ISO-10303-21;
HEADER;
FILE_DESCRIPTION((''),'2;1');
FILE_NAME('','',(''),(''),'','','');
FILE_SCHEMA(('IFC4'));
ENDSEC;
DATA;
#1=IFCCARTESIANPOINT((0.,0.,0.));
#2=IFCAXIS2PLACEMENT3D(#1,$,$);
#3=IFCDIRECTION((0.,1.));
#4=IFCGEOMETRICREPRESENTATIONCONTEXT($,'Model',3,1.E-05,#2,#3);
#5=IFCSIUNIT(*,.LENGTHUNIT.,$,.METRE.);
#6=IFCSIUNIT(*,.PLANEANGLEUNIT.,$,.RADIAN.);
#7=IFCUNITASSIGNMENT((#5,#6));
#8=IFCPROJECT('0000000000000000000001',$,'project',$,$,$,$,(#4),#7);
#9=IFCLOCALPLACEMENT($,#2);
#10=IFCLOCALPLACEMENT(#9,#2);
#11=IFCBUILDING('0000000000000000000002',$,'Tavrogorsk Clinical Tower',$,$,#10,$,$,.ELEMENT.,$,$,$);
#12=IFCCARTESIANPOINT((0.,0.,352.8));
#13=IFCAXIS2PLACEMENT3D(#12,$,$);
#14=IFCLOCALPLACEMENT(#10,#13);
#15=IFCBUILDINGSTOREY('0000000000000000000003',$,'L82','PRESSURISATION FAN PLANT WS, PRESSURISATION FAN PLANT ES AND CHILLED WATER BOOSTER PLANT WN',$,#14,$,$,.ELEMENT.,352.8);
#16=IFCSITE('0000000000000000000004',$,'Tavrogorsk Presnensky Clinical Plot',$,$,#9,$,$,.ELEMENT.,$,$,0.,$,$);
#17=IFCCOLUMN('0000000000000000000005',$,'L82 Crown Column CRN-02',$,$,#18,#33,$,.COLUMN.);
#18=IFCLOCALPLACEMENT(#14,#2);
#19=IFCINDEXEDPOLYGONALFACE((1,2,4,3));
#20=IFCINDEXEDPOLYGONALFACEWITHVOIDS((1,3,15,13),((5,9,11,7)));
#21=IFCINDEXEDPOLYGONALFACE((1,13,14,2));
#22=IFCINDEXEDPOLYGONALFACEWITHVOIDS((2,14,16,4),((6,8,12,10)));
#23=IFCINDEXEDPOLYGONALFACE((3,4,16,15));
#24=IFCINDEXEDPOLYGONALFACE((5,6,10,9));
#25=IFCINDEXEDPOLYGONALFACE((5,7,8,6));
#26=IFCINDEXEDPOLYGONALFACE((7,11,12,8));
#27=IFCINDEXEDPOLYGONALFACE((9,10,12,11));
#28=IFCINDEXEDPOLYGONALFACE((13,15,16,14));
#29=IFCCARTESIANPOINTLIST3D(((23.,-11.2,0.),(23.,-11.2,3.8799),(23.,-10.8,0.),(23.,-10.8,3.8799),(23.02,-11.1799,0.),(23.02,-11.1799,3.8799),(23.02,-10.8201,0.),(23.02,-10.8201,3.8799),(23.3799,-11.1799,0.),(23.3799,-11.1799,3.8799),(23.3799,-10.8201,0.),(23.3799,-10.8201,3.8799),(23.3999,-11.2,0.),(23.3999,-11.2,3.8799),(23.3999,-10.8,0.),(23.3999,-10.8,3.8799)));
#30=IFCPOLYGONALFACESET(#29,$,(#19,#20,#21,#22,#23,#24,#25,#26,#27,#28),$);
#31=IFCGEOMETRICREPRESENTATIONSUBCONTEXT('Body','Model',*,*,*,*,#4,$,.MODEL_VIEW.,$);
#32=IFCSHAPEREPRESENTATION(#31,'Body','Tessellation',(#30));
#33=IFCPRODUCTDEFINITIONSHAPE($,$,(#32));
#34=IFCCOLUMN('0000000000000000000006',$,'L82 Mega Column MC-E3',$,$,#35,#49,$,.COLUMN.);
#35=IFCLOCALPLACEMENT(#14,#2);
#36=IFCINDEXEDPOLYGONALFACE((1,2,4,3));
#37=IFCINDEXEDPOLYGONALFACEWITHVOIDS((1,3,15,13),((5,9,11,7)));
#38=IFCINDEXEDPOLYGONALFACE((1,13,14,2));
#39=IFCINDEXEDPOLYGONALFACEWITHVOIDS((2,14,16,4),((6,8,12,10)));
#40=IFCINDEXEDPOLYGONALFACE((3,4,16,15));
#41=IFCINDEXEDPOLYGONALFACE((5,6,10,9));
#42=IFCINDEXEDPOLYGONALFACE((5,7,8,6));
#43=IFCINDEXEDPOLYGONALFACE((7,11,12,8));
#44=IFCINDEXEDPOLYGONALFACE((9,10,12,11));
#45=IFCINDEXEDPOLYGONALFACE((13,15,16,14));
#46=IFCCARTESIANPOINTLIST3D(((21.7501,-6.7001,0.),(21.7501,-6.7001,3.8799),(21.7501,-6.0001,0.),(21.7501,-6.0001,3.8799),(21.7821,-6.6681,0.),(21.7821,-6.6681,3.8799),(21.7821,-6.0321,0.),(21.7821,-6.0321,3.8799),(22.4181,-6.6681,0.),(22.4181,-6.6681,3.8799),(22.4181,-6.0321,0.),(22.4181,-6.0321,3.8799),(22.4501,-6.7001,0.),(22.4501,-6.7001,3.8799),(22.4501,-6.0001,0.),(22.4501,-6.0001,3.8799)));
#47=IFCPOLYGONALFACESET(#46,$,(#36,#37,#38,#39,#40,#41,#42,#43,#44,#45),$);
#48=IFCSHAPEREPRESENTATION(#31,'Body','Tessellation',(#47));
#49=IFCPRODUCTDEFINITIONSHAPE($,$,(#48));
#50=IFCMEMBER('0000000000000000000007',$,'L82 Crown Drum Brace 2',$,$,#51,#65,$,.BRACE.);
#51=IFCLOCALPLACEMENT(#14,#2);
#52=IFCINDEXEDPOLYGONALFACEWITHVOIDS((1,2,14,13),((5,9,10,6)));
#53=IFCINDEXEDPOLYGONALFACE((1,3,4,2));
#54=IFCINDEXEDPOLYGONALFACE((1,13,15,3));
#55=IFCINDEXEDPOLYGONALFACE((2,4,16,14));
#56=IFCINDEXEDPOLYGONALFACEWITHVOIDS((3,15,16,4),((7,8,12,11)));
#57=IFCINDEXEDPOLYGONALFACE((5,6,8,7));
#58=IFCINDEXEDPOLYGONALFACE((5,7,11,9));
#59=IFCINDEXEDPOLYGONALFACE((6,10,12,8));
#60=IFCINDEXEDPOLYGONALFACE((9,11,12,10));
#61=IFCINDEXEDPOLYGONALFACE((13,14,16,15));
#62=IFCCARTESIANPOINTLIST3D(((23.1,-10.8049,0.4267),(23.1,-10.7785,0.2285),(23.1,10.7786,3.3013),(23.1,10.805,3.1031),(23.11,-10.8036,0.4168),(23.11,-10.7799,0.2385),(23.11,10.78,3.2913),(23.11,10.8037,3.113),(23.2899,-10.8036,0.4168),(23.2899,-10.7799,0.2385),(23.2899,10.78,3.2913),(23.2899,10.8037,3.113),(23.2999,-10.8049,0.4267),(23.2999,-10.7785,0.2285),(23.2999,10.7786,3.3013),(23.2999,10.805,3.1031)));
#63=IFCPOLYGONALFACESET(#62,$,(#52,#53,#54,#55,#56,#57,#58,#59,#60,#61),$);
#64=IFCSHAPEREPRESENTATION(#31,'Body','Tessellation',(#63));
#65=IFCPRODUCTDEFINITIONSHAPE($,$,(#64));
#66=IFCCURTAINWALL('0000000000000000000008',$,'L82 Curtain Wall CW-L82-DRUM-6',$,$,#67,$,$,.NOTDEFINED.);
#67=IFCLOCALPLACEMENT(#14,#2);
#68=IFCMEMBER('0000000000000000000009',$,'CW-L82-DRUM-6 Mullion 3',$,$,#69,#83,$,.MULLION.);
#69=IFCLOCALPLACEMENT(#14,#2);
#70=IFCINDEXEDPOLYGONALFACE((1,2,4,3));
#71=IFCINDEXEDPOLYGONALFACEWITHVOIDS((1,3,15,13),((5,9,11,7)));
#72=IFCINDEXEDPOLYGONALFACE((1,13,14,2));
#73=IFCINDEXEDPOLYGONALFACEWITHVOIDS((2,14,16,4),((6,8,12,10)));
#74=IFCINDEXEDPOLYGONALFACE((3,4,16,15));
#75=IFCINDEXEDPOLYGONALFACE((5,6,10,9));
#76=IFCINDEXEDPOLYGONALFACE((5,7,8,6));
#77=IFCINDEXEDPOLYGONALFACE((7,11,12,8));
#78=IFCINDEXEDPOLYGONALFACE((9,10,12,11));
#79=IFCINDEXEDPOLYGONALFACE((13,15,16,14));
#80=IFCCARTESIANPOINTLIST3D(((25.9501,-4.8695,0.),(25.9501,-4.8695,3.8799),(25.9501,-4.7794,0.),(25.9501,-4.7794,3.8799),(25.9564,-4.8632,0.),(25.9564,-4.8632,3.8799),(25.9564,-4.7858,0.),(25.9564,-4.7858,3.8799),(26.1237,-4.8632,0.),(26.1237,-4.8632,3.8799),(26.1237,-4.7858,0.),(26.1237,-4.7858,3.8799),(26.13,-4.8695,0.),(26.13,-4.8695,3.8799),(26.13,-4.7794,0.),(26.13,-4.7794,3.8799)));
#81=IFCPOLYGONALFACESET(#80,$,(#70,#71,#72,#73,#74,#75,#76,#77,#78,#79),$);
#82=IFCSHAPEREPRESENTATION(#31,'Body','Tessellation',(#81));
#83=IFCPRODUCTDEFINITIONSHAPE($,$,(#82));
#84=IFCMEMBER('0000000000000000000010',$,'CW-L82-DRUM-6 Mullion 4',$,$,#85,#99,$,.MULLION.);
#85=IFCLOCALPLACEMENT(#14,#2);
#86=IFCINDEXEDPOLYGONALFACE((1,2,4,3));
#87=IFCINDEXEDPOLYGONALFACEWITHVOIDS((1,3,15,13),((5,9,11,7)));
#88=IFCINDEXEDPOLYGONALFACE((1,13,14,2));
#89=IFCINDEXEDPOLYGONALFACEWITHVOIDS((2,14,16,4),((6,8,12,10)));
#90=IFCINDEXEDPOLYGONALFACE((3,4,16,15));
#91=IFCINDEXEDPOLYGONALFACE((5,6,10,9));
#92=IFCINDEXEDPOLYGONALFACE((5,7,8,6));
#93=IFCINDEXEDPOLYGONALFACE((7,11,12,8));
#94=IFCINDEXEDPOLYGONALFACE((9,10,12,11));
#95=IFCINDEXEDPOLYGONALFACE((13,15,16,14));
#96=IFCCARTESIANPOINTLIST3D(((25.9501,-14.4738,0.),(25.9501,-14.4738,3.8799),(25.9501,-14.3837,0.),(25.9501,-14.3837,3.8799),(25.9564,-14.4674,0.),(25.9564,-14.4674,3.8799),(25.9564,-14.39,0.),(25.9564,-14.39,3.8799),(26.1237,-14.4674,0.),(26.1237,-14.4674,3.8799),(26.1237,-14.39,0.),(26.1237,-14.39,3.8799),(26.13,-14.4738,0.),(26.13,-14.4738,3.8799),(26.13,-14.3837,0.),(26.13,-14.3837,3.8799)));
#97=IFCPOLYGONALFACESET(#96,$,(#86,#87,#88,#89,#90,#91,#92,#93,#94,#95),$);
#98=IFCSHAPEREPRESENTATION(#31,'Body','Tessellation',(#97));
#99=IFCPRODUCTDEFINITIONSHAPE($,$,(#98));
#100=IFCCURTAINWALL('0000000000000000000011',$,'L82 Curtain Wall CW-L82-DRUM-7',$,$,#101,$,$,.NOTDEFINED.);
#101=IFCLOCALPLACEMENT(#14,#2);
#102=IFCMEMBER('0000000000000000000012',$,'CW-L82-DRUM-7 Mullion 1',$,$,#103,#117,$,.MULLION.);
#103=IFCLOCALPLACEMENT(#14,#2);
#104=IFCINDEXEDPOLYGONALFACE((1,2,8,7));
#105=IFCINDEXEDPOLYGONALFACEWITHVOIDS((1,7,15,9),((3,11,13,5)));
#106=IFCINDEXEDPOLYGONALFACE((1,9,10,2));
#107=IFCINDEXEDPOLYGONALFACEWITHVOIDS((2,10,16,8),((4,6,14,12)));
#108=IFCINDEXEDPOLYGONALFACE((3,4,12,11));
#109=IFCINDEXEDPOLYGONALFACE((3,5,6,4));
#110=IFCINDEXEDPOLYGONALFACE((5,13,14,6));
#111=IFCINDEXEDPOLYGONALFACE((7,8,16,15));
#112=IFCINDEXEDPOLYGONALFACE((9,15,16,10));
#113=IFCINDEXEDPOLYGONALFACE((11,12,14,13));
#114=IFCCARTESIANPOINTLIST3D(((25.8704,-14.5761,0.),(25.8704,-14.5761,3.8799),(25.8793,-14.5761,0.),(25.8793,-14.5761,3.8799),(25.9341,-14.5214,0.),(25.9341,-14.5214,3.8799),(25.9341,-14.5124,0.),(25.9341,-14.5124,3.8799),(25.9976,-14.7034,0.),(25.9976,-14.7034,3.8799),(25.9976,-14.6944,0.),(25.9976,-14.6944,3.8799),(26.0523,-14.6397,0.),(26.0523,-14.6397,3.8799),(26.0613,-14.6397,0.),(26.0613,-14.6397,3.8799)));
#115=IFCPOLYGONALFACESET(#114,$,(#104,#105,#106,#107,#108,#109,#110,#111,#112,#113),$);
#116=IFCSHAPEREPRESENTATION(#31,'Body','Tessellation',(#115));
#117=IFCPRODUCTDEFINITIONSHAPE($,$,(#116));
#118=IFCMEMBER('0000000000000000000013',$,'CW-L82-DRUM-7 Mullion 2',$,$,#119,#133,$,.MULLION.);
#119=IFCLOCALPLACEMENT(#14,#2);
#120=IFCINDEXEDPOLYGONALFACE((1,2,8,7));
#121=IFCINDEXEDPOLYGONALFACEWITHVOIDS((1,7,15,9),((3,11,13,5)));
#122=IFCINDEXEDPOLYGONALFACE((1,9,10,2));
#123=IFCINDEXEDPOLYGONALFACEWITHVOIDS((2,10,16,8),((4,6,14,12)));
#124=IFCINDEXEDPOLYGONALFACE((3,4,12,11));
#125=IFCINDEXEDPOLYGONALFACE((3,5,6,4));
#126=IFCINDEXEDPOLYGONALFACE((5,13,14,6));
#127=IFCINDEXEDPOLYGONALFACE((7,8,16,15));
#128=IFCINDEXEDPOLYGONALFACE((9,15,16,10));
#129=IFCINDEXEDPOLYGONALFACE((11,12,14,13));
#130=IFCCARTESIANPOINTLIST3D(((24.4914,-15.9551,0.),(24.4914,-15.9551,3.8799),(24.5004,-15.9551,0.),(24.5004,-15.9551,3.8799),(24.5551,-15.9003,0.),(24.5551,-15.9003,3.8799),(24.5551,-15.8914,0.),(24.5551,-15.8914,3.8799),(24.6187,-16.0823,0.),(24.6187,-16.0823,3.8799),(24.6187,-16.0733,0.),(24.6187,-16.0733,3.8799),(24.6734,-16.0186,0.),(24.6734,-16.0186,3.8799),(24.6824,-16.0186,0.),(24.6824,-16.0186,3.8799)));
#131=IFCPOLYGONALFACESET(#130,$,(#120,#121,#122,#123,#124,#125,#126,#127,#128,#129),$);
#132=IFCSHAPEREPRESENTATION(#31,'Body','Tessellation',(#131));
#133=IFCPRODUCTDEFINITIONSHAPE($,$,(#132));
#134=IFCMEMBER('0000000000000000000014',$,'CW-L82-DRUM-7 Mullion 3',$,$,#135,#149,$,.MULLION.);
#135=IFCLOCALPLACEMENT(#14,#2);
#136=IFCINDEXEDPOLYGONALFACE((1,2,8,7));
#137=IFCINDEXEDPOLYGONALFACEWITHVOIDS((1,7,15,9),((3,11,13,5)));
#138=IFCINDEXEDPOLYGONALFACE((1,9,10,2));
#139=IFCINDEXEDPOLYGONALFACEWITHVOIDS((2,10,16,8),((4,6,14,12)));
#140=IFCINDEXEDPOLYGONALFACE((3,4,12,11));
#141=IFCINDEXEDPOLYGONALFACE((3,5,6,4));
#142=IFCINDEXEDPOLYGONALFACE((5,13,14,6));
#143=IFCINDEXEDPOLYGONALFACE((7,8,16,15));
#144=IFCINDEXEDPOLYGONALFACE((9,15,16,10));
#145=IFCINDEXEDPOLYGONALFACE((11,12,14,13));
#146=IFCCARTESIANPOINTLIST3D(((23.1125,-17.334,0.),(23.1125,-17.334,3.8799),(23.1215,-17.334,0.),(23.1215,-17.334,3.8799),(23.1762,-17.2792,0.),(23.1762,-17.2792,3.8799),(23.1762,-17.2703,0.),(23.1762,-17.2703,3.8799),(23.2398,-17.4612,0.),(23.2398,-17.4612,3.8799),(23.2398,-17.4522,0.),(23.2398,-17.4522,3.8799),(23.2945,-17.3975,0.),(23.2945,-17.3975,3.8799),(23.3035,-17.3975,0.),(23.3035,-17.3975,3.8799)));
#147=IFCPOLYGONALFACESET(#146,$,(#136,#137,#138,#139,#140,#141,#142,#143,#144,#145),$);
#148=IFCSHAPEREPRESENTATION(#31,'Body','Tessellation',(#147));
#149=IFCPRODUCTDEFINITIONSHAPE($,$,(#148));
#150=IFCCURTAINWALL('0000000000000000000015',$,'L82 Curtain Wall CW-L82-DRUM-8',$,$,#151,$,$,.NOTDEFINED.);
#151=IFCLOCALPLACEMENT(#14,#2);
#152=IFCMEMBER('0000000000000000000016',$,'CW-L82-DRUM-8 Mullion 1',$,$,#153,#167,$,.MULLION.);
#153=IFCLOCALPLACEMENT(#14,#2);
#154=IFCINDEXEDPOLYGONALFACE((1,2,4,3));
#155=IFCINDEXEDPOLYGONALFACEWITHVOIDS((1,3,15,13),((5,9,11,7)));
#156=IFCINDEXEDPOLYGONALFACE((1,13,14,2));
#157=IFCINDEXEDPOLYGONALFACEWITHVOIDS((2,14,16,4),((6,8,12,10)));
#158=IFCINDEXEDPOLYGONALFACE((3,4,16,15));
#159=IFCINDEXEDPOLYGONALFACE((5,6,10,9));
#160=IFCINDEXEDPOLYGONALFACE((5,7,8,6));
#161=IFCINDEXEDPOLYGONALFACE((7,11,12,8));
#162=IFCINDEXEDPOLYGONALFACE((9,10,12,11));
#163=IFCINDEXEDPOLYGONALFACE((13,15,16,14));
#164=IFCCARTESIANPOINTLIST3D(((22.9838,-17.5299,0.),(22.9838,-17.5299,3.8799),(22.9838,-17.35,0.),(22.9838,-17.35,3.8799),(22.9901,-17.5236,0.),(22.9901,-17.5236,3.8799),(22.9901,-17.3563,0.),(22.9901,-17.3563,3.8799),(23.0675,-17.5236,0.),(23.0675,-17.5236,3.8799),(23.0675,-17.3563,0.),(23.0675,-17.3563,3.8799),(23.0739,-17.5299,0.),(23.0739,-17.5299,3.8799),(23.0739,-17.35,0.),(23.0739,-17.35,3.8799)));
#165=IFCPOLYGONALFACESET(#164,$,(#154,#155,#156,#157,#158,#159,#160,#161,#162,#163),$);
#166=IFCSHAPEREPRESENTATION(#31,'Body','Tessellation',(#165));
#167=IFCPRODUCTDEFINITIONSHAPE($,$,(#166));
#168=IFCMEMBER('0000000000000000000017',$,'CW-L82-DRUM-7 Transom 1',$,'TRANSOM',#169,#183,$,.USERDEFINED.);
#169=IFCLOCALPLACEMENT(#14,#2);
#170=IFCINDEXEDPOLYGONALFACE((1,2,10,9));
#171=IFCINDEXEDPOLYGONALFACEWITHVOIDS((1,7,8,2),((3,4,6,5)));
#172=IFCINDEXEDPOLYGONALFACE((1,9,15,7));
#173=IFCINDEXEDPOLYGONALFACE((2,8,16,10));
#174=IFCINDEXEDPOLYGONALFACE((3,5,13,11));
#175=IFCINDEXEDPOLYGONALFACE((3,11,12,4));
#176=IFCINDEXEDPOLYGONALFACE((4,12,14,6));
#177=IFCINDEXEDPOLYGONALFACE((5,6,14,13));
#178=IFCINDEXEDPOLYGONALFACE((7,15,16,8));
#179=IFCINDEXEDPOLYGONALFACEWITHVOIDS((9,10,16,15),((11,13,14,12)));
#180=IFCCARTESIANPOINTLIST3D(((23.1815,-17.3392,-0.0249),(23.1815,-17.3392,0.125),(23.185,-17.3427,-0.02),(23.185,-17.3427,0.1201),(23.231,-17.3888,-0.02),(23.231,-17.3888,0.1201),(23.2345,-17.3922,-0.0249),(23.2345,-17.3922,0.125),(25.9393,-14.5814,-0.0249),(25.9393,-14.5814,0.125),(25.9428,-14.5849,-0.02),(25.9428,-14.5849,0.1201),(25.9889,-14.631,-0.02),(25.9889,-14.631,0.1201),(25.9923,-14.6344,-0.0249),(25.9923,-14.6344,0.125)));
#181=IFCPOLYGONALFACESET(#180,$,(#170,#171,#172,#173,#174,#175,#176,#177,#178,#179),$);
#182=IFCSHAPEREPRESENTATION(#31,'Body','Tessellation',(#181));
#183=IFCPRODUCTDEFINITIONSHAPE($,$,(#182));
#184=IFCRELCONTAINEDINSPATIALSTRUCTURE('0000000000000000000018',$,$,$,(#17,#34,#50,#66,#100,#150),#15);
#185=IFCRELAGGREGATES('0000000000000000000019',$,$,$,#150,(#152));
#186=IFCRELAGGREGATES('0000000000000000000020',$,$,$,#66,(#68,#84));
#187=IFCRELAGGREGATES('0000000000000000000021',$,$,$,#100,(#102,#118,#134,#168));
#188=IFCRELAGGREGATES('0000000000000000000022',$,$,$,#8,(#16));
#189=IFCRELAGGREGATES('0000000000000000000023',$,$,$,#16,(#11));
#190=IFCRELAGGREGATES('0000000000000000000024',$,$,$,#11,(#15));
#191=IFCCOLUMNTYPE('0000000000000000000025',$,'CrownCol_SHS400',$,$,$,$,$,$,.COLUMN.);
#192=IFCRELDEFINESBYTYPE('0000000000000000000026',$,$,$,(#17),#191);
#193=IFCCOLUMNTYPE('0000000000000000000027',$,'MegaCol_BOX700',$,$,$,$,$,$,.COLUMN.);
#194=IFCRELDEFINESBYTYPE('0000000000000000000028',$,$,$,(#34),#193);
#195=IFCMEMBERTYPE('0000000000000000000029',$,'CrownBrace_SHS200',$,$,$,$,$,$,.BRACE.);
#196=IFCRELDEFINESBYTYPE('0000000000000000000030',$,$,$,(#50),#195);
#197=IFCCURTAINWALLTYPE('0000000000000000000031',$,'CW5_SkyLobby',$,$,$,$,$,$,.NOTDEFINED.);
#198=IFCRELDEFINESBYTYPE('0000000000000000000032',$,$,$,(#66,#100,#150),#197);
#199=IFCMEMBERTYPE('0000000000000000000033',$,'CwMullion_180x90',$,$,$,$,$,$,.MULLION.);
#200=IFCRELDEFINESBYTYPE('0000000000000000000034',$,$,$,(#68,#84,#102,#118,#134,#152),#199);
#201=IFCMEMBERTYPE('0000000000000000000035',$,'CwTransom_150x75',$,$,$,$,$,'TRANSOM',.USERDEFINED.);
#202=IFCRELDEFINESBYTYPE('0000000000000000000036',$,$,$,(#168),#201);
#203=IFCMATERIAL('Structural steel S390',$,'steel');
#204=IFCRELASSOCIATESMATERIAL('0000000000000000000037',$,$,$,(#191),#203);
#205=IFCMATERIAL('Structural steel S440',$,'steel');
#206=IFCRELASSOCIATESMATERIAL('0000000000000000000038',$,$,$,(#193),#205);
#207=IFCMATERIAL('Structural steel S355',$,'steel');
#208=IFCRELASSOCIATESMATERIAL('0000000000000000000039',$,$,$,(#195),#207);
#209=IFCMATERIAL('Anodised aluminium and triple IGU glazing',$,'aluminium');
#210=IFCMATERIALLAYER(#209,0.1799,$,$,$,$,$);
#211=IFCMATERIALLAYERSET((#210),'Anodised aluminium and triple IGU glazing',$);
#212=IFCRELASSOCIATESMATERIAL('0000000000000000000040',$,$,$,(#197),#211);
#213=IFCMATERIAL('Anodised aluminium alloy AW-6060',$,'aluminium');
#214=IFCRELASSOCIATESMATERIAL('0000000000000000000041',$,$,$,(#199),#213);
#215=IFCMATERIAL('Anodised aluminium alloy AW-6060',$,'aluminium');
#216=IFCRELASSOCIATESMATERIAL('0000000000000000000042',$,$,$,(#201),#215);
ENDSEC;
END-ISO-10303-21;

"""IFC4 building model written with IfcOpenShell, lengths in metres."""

from ifc_helpers import new_model, si_unit, direction, frame, origin, origin_2d, place, context, subcontext, project, spatial, hollow_rectangle, extrude, material, layer, layer_set, material_profile, profile_set, type_object, element, aggregate, save


model = new_model("IFC4")

# Units and contexts
model_context = context("Model", 3, precision=1e-05, world=origin(), true_north=direction((0.0, 1.0)))
body_context = subcontext(model_context, "Body", "Model", "MODEL_VIEW")
ifc_project = project(units=[si_unit("LENGTHUNIT", "METRE"), si_unit("PLANEANGLEUNIT", "RADIAN")], contexts=[model_context])

# Site, building, storey
site_placement = place(None, origin())
site = spatial("IfcSite", under=ifc_project, at=site_placement, Name="Tavrogorsk Presnensky Clinical Plot", CompositionType="ELEMENT", RefElevation=0.0)
building_placement = place(site_placement, origin())
building = spatial("IfcBuilding", under=site, at=building_placement, Name="Tavrogorsk Clinical Tower", CompositionType="ELEMENT")
storey_placement = place(building_placement, frame((0.0, 0.0, 352.8)))
storey = spatial("IfcBuildingStorey", under=building, at=storey_placement, Name="L82", Description="PRESSURISATION FAN PLANT WS, PRESSURISATION FAN PLANT ES AND CHILLED WATER BOOSTER PLANT WN", CompositionType="ELEMENT", Elevation=352.8)

# Columns
ifc_material_1 = material(Name="Structural steel S390", Category="steel")
ifc_material_profile_1 = material_profile(ifc_material_1, hollow_rectangle(XDim=0.3999, YDim=0.3999, WallThickness=0.02, at=origin_2d()), Name="SHS-400x400x20")
ifc_profile_set_1 = profile_set([ifc_material_profile_1], Name="Structural steel S390")
column_type_1 = type_object("IfcColumnType", Name="CrownCol_SHS400", PredefinedType="COLUMN", material=ifc_profile_set_1)
column_1_placement = place(storey_placement, frame((23.2, -11.0, 0.0), z_axis=(0.0, 0.0, 1.0), x_axis=(1.0, 0.0, 0.0)))
element("IfcColumn", 1, at=column_1_placement, inside=storey, type_object=column_type_1, Name="L82 Crown Column CRN-02", PredefinedType="COLUMN", context=body_context, shape_type="SweptSolid", body=[
    extrude(hollow_rectangle(XDim=0.3999, YDim=0.3999, WallThickness=0.02, at=origin_2d()), origin(), (0.0, 0.0, 1.0), 3.8799),
])
ifc_material_2 = material(Name="Structural steel S440", Category="steel")
ifc_material_profile_2 = material_profile(ifc_material_2, hollow_rectangle(XDim=0.7, YDim=0.7, WallThickness=0.032, at=origin_2d()), Name="BOX-700x700x32")
ifc_profile_set_2 = profile_set([ifc_material_profile_2], Name="Structural steel S440")
column_type_2 = type_object("IfcColumnType", Name="MegaCol_BOX700", PredefinedType="COLUMN", material=ifc_profile_set_2)
column_2_placement = place(storey_placement, frame((22.1001, -6.3501, 0.0), z_axis=(0.0, 0.0, 1.0), x_axis=(1.0, 0.0, 0.0)))
element("IfcColumn", 2, at=column_2_placement, inside=storey, type_object=column_type_2, Name="L82 Mega Column MC-E3", PredefinedType="COLUMN", context=body_context, shape_type="SweptSolid", body=[
    extrude(hollow_rectangle(XDim=0.7, YDim=0.7, WallThickness=0.032, at=origin_2d()), origin(), (0.0, 0.0, 1.0), 3.8799),
])

# Member
ifc_material_3 = material(Name="Structural steel S355", Category="steel")
ifc_material_profile_3 = material_profile(ifc_material_3, hollow_rectangle(XDim=0.2, YDim=0.2, WallThickness=0.01, at=origin_2d()), Name="SHS-200x200x10")
ifc_profile_set_3 = profile_set([ifc_material_profile_3], Name="Structural steel S355")
member_type_1 = type_object("IfcMemberType", Name="CrownBrace_SHS200", PredefinedType="BRACE", material=ifc_profile_set_3)
member_1_placement = place(storey_placement, frame((23.2, -10.7917, 0.3276), z_axis=(0.0, 0.991248, 0.132015), x_axis=(-1.0, 0.0, 0.0)))
element("IfcMember", 3, at=member_1_placement, inside=storey, type_object=member_type_1, Name="L82 Crown Drum Brace 2", PredefinedType="BRACE", context=body_context, shape_type="SweptSolid", body=[
    extrude(hollow_rectangle(XDim=0.2, YDim=0.2, WallThickness=0.01, at=origin_2d()), origin(), (0.0, 0.0, 1.0), 21.7742),
])

# Curtain walls, members
ifc_material_4 = material(Name="Anodised aluminium and triple IGU glazing", Category="aluminium")
ifc_layer_1 = layer(ifc_material_4, 0.1799)
ifc_layer_set_1 = layer_set([ifc_layer_1], Name="Anodised aluminium and triple IGU glazing")
curtain_wall_type = type_object("IfcCurtainWallType", Name="CW5_SkyLobby", PredefinedType="NOTDEFINED", material=ifc_layer_set_1)
curtain_wall_1_placement = place(storey_placement, origin())
curtain_wall_1 = element("IfcCurtainWall", 4, at=curtain_wall_1_placement, inside=storey, type_object=curtain_wall_type, Name="L82 Curtain Wall CW-L82-DRUM-6", PredefinedType="NOTDEFINED")
ifc_material_5 = material(Name="Anodised aluminium alloy AW-6060", Category="aluminium")
ifc_material_profile_4 = material_profile(ifc_material_5, hollow_rectangle(XDim=0.0901, YDim=0.1799, WallThickness=0.0063, at=origin_2d()), Name="RHS-180x90x6.3")
ifc_profile_set_4 = profile_set([ifc_material_profile_4], Name="Anodised aluminium alloy AW-6060")
member_type_2 = type_object("IfcMemberType", Name="CwMullion_180x90", PredefinedType="MULLION", material=ifc_profile_set_4)
member_2_placement = place(storey_placement, frame((26.04, -4.8245, 0.0), z_axis=(0.0, 0.0, 1.0), x_axis=(0.0, -1.0, 0.0)))
member_2 = element("IfcMember", 5, at=member_2_placement, type_object=member_type_2, Name="CW-L82-DRUM-6 Mullion 3", PredefinedType="MULLION", context=body_context, shape_type="SweptSolid", body=[
    extrude(hollow_rectangle(XDim=0.0901, YDim=0.1799, WallThickness=0.0063, at=origin_2d()), origin(), (0.0, 0.0, 1.0), 3.8799),
])
member_3_placement = place(storey_placement, frame((26.04, -14.4287, 0.0), z_axis=(0.0, 0.0, 1.0), x_axis=(0.0, -1.0, 0.0)))
member_3 = element("IfcMember", 6, at=member_3_placement, type_object=member_type_2, Name="CW-L82-DRUM-6 Mullion 4", PredefinedType="MULLION", context=body_context, shape_type="SweptSolid", body=[
    extrude(hollow_rectangle(XDim=0.0901, YDim=0.1799, WallThickness=0.0063, at=origin_2d()), origin(), (0.0, 0.0, 1.0), 3.8799),
])
curtain_wall_2_placement = place(storey_placement, origin())
curtain_wall_2 = element("IfcCurtainWall", 7, at=curtain_wall_2_placement, inside=storey, type_object=curtain_wall_type, Name="L82 Curtain Wall CW-L82-DRUM-7", PredefinedType="NOTDEFINED")
member_4_placement = place(storey_placement, frame((25.9658, -14.6079, 0.0), z_axis=(0.0, 0.0, 1.0), x_axis=(-0.707107, -0.707107, 0.0)))
member_4 = element("IfcMember", 8, at=member_4_placement, type_object=member_type_2, Name="CW-L82-DRUM-7 Mullion 1", PredefinedType="MULLION", context=body_context, shape_type="SweptSolid", body=[
    extrude(hollow_rectangle(XDim=0.0901, YDim=0.1799, WallThickness=0.0063, at=origin_2d()), origin(), (0.0, 0.0, 1.0), 3.8799),
])
member_5_placement = place(storey_placement, frame((24.5869, -15.9868, 0.0), z_axis=(0.0, 0.0, 1.0), x_axis=(-0.707107, -0.707107, 0.0)))
member_5 = element("IfcMember", 9, at=member_5_placement, type_object=member_type_2, Name="CW-L82-DRUM-7 Mullion 2", PredefinedType="MULLION", context=body_context, shape_type="SweptSolid", body=[
    extrude(hollow_rectangle(XDim=0.0901, YDim=0.1799, WallThickness=0.0063, at=origin_2d()), origin(), (0.0, 0.0, 1.0), 3.8799),
])
member_6_placement = place(storey_placement, frame((23.208, -17.3657, 0.0), z_axis=(0.0, 0.0, 1.0), x_axis=(-0.707107, -0.707107, 0.0)))
member_6 = element("IfcMember", 10, at=member_6_placement, type_object=member_type_2, Name="CW-L82-DRUM-7 Mullion 3", PredefinedType="MULLION", context=body_context, shape_type="SweptSolid", body=[
    extrude(hollow_rectangle(XDim=0.0901, YDim=0.1799, WallThickness=0.0063, at=origin_2d()), origin(), (0.0, 0.0, 1.0), 3.8799),
])

# Curtain wall, member
curtain_wall_3_placement = place(storey_placement, origin())
curtain_wall_3 = element("IfcCurtainWall", 11, at=curtain_wall_3_placement, inside=storey, type_object=curtain_wall_type, Name="L82 Curtain Wall CW-L82-DRUM-8", PredefinedType="NOTDEFINED")
member_7_placement = place(storey_placement, frame((23.0288, -17.4399, 0.0), z_axis=(0.0, 0.0, 1.0), x_axis=(-1.0, 0.0, 0.0)))
member_7 = element("IfcMember", 12, at=member_7_placement, type_object=member_type_2, Name="CW-L82-DRUM-8 Mullion 1", PredefinedType="MULLION", context=body_context, shape_type="SweptSolid", body=[
    extrude(hollow_rectangle(XDim=0.0901, YDim=0.1799, WallThickness=0.0063, at=origin_2d()), origin(), (0.0, 0.0, 1.0), 3.8799),
])

# Member
ifc_material_6 = material(Name="Anodised aluminium alloy AW-6060", Category="aluminium")
ifc_material_profile_5 = material_profile(ifc_material_6, hollow_rectangle(XDim=0.075, YDim=0.1499, WallThickness=0.0049, at=origin_2d()), Name="RHS-150x75x5")
ifc_profile_set_5 = profile_set([ifc_material_profile_5], Name="Anodised aluminium alloy AW-6060")
member_type_3 = type_object("IfcMemberType", Name="CwTransom_150x75", ElementType="TRANSOM", PredefinedType="USERDEFINED", material=ifc_profile_set_5)
member_8_placement = place(storey_placement, frame((25.9658, -14.6079, 0.05), z_axis=(-0.707107, -0.707107, 0.0), x_axis=(0.707107, -0.707107, 0.0)))
member_8 = element("IfcMember", 13, at=member_8_placement, type_object=member_type_3, Name="CW-L82-DRUM-7 Transom 1", ObjectType="TRANSOM", PredefinedType="USERDEFINED", context=body_context, shape_type="SweptSolid", body=[
    extrude(hollow_rectangle(XDim=0.075, YDim=0.1499, WallThickness=0.0049, at=origin_2d()), origin(), (0.0, 0.0, 1.0), 3.9001),
])
aggregate(curtain_wall_3, [member_7])

aggregate(curtain_wall_1, [member_2, member_3])
aggregate(curtain_wall_2, [member_4, member_5, member_6, member_8])

save(model, "model.ifc")
